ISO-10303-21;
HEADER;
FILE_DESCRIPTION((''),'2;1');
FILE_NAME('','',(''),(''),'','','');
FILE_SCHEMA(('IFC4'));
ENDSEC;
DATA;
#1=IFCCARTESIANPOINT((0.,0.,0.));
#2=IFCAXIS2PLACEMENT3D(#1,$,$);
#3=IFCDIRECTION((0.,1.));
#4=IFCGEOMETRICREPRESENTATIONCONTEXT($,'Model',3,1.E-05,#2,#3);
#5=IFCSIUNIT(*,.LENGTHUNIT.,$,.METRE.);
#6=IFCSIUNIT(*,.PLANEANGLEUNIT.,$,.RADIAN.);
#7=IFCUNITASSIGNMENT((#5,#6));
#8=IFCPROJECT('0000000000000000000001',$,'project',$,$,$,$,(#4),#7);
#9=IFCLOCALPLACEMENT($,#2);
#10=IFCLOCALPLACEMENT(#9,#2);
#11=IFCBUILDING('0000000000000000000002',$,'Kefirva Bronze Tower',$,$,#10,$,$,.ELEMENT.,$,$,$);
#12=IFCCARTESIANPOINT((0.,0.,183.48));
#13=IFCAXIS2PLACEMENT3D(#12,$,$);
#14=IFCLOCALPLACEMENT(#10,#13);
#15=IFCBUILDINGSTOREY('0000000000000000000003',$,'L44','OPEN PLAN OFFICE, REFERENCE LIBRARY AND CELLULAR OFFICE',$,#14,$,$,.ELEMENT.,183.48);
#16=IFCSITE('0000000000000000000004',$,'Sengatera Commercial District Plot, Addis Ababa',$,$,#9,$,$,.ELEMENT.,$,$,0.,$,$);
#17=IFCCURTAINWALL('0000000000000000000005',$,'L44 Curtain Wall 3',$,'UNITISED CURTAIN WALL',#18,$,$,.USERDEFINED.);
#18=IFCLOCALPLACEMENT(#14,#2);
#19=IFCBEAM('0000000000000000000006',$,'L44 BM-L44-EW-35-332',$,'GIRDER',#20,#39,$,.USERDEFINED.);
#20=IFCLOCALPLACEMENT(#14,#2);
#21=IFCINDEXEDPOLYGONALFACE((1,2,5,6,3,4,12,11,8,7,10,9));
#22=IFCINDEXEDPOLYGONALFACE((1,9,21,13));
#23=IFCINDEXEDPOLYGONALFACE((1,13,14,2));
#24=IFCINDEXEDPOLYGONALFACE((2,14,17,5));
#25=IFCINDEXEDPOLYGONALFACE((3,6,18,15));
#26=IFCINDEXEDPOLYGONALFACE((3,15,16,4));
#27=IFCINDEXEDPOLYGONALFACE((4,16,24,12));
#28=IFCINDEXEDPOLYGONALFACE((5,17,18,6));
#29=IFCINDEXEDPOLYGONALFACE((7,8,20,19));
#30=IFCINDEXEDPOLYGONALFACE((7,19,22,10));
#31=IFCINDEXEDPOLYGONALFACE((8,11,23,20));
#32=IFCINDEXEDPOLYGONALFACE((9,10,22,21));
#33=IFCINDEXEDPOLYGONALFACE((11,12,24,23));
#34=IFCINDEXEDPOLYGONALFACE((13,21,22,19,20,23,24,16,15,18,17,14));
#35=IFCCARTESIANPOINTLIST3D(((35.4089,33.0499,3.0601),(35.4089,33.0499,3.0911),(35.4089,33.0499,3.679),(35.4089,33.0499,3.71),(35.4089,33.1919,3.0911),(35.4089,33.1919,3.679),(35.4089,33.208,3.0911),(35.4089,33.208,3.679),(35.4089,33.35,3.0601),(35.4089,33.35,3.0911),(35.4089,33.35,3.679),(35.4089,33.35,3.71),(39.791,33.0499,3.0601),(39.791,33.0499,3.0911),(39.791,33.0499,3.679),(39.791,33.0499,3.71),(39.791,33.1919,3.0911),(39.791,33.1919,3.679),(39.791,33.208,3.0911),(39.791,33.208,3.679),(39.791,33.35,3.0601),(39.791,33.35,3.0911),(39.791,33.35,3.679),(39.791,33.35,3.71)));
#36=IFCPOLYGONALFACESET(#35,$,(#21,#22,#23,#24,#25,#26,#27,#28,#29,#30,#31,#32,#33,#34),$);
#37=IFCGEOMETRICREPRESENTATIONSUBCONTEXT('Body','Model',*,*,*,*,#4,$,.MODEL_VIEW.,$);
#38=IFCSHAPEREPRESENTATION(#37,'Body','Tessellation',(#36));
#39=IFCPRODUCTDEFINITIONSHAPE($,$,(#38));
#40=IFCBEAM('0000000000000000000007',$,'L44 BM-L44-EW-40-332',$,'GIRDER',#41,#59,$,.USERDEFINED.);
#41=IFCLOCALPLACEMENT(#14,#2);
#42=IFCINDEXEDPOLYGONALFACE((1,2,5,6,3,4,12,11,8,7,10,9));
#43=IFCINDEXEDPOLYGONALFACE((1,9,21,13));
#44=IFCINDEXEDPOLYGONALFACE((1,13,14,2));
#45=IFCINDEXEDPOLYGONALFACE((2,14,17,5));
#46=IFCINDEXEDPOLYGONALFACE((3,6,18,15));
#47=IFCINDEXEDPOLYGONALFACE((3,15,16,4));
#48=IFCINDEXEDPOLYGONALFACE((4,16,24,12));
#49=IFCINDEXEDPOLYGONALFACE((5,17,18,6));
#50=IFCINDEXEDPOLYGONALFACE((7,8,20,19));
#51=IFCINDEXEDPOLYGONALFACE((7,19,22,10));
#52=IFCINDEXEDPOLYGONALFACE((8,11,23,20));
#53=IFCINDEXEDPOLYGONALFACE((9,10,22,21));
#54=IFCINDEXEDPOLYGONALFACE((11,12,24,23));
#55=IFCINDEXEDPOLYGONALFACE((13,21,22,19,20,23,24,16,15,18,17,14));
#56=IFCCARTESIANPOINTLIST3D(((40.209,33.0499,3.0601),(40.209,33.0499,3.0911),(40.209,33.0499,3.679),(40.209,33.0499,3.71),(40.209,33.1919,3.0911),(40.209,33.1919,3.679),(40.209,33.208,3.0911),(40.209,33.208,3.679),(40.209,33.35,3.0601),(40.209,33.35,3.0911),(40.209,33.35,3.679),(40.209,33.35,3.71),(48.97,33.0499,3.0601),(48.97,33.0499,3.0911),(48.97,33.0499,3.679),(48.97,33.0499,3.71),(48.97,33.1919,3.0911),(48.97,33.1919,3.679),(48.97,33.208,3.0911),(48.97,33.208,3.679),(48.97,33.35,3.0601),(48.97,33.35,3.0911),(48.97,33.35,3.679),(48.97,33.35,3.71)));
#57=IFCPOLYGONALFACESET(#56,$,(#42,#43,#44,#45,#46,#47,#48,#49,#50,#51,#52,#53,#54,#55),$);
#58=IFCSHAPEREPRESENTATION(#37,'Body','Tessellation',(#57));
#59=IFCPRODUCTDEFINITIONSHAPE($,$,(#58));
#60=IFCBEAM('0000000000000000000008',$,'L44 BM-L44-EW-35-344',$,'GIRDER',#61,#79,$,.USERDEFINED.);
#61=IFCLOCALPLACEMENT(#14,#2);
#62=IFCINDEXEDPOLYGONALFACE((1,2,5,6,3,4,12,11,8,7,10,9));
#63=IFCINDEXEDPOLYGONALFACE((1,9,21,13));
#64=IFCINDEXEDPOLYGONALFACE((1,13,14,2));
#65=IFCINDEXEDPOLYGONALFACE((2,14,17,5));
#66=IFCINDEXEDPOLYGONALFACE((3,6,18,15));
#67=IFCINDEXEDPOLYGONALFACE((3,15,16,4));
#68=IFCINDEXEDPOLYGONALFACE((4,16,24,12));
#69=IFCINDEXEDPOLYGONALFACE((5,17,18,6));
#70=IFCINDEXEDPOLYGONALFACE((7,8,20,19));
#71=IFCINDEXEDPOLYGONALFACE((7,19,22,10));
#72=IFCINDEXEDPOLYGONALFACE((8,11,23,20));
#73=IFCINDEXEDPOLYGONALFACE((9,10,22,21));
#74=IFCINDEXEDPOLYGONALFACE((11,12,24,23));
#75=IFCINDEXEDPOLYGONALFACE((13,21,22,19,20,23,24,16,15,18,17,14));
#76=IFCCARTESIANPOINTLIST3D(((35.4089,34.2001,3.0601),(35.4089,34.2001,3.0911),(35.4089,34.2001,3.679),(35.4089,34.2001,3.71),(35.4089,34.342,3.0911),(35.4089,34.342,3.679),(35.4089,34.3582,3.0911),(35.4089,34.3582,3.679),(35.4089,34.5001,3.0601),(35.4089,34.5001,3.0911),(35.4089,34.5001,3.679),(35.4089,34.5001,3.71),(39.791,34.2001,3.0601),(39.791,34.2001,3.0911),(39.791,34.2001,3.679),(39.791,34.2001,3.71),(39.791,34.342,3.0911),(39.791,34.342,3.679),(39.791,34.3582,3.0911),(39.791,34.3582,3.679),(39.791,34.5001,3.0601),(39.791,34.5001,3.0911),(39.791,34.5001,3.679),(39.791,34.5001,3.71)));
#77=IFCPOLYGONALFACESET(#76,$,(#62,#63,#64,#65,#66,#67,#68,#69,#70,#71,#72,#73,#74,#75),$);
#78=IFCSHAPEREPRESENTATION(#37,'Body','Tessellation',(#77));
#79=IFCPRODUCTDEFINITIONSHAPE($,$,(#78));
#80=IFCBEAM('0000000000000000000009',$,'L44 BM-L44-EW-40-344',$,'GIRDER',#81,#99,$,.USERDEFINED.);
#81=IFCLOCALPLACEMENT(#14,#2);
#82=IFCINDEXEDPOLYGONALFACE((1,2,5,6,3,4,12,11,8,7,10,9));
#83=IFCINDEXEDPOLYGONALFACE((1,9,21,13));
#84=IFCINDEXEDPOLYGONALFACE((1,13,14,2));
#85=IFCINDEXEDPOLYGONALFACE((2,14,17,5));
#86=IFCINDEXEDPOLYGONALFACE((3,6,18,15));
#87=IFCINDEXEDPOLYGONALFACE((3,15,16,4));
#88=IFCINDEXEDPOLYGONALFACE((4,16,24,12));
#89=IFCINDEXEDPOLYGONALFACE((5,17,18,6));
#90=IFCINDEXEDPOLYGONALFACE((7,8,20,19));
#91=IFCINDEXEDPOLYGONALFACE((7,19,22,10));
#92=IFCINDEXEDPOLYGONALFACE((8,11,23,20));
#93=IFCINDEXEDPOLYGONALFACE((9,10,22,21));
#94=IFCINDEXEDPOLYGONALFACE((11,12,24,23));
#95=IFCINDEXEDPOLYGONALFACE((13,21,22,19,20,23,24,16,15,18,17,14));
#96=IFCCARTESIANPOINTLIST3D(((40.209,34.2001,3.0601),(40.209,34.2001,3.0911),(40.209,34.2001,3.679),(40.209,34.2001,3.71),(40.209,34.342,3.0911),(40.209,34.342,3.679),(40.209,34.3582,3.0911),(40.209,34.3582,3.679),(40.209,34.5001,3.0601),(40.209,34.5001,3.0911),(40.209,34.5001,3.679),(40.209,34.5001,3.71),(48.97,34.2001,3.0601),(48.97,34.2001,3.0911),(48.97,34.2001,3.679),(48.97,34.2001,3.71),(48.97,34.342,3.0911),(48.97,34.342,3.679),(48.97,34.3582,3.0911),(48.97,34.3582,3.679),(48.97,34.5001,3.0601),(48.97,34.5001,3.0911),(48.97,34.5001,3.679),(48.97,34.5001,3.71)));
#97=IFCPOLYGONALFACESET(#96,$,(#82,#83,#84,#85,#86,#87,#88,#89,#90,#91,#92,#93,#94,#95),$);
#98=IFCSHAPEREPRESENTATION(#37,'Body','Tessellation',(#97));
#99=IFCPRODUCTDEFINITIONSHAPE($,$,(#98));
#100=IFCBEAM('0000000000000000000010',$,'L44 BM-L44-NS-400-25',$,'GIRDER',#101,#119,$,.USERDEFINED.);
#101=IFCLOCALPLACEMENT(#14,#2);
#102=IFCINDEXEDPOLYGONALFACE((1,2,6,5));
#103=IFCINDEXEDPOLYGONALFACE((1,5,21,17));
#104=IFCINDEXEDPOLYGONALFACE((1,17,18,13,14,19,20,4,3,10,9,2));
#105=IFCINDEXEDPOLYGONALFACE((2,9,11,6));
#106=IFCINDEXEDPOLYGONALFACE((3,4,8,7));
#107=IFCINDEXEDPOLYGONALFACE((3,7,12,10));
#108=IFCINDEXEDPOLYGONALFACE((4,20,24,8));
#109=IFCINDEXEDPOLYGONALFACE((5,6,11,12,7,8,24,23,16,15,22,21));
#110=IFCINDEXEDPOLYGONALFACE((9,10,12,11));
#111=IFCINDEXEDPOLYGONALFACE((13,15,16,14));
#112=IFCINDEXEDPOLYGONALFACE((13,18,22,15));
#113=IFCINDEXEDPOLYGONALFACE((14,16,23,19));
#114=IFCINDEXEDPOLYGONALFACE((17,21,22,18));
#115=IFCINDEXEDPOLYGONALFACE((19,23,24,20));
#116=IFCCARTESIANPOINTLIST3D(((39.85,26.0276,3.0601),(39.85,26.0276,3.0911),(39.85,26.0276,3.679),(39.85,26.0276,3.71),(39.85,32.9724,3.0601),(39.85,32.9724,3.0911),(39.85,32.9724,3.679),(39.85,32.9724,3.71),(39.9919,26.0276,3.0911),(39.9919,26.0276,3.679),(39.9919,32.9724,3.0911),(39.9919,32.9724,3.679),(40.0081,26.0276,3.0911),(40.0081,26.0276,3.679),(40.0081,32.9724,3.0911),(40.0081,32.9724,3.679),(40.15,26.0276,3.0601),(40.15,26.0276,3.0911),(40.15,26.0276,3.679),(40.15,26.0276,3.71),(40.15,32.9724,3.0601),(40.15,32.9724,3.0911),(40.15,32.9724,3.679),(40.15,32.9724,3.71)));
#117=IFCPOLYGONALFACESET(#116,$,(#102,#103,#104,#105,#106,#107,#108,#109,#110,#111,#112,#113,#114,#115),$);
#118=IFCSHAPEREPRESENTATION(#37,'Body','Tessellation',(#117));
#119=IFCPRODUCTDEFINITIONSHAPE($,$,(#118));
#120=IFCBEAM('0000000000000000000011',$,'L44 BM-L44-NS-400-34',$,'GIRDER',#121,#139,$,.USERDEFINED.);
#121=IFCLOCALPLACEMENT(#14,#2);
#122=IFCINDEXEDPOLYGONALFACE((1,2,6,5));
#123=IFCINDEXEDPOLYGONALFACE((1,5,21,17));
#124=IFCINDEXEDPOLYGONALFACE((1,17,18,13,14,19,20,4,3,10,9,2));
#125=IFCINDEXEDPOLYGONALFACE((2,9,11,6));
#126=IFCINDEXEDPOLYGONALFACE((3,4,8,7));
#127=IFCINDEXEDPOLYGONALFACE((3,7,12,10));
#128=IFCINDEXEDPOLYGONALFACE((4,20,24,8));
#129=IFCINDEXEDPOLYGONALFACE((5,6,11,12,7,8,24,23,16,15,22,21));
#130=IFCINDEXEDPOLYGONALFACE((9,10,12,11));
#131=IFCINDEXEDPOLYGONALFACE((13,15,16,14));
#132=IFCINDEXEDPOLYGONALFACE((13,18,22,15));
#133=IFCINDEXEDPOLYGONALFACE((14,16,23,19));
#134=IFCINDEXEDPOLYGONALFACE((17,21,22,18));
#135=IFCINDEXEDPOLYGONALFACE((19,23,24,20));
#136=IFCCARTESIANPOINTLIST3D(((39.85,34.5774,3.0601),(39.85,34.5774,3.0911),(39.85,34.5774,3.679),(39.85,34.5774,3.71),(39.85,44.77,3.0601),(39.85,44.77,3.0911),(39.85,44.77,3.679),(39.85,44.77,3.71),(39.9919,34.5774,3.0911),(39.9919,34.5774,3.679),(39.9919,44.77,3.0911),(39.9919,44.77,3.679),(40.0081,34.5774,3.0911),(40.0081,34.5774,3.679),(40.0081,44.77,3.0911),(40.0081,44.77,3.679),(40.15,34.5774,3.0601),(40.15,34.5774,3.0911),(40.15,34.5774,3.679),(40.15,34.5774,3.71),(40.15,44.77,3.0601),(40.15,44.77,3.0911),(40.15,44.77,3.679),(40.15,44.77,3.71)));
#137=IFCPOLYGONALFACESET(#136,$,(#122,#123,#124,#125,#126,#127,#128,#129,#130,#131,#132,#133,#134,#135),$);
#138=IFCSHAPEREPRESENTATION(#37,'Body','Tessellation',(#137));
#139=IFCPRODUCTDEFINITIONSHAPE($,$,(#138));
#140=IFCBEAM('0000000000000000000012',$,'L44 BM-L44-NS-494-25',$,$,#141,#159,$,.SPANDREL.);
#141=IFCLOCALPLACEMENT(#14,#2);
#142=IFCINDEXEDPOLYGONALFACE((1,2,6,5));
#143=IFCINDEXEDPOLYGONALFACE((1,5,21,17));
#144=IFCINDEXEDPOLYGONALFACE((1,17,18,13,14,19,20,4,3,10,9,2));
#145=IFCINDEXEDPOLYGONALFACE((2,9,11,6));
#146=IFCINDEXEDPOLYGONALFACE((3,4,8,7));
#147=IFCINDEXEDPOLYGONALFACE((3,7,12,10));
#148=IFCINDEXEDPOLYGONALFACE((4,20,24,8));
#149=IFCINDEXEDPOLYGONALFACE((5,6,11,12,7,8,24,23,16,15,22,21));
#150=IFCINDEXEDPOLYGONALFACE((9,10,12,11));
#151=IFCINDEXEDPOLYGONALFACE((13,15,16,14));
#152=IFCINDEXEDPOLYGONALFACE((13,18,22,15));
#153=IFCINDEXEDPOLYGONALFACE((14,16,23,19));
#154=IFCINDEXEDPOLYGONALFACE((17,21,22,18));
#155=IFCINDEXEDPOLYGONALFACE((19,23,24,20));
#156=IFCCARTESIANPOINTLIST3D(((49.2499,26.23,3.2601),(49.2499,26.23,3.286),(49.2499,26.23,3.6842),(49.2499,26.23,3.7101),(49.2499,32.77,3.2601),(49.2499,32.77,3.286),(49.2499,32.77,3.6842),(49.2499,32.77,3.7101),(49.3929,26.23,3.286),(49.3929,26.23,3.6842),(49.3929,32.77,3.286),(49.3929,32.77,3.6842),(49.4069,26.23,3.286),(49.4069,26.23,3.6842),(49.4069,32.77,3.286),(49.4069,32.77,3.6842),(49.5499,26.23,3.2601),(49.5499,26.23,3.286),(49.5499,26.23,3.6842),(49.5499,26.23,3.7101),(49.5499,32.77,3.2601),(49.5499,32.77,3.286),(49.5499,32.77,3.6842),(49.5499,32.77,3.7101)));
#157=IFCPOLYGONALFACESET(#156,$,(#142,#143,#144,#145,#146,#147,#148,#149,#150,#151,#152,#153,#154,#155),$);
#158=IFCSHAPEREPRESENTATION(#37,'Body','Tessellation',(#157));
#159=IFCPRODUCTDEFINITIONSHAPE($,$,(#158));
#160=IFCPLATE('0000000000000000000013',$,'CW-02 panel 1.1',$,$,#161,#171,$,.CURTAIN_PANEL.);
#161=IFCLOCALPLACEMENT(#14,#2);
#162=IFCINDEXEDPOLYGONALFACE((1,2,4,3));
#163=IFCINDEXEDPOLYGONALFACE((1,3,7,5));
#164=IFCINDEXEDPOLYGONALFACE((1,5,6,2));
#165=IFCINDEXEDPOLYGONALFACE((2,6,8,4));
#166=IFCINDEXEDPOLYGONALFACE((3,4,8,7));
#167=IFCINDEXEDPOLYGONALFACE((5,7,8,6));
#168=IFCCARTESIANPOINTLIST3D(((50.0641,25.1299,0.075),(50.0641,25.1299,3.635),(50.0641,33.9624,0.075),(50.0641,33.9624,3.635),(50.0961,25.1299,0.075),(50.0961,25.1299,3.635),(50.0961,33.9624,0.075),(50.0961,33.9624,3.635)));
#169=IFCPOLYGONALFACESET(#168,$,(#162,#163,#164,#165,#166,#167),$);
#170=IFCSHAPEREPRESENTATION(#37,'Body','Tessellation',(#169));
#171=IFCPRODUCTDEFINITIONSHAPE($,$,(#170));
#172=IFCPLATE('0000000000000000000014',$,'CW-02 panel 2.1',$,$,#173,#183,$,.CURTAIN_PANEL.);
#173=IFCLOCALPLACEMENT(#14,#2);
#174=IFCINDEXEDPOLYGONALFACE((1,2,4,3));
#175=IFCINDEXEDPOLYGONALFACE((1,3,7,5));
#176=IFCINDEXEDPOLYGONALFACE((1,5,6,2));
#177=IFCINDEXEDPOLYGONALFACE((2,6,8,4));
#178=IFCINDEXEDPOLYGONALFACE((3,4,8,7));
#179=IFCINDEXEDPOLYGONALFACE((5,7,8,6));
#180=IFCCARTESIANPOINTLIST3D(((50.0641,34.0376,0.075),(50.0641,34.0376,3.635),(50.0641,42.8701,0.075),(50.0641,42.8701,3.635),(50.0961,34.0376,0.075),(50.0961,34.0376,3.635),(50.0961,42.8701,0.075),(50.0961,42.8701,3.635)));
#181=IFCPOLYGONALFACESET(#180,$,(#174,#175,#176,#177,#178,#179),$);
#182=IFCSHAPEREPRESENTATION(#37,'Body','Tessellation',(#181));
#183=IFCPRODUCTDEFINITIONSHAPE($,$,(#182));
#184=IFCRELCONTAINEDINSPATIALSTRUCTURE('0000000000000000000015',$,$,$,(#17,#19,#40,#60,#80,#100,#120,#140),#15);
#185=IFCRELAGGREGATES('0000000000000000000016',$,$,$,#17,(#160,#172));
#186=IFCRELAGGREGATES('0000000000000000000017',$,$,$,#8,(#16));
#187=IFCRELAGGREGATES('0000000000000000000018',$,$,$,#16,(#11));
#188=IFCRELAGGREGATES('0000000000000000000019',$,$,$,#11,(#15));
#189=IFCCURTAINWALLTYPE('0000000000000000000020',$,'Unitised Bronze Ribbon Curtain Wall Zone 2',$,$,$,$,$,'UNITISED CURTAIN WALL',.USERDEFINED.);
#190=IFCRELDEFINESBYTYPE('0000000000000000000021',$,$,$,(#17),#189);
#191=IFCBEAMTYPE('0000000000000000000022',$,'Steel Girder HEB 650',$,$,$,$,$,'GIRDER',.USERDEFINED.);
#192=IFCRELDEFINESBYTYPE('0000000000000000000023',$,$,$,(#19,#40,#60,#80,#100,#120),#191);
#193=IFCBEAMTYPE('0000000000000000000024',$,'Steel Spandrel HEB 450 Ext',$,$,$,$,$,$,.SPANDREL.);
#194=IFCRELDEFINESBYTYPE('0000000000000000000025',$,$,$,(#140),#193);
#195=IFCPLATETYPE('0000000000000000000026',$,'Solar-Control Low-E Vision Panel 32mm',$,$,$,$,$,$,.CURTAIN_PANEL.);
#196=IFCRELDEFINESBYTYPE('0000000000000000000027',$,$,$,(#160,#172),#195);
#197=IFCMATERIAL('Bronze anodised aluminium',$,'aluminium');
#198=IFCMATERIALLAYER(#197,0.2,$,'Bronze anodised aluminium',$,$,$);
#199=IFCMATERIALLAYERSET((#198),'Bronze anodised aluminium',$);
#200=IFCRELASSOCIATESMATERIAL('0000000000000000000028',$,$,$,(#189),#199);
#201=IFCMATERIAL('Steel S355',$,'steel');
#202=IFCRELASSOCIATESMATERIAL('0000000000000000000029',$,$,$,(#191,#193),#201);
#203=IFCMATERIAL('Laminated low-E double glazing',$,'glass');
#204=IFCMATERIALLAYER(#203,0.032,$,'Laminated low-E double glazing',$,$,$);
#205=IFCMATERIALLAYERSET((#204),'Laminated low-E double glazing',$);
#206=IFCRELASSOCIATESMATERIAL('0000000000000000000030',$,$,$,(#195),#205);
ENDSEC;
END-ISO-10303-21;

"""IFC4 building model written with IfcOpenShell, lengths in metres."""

from ifc_helpers import new_model, si_unit, direction, frame, origin, origin_2d, place, context, subcontext, project, spatial, rectangle, i_section, extrude, material, layer, layer_set, material_profile, profile_set, type_object, element, aggregate, save


model = new_model("IFC4")

# Units and contexts
model_context = context("Model", 3, precision=1e-05, world=origin(), true_north=direction((0.0, 1.0)))
body_context = subcontext(model_context, "Body", "Model", "MODEL_VIEW")
ifc_project = project(units=[si_unit("LENGTHUNIT", "METRE"), si_unit("PLANEANGLEUNIT", "RADIAN")], contexts=[model_context])

# Site, building, storey
site_placement = place(None, origin())
site = spatial("IfcSite", under=ifc_project, at=site_placement, Name="Sengatera Commercial District Plot, Addis Ababa", CompositionType="ELEMENT", RefElevation=0.0)
building_placement = place(site_placement, origin())
building = spatial("IfcBuilding", under=site, at=building_placement, Name="Kefirva Bronze Tower", CompositionType="ELEMENT")
storey_placement = place(building_placement, frame((0.0, 0.0, 183.48)))
storey = spatial("IfcBuildingStorey", under=building, at=storey_placement, Name="L44", Description="OPEN PLAN OFFICE, REFERENCE LIBRARY AND CELLULAR OFFICE", CompositionType="ELEMENT", Elevation=183.48)

# Curtain wall
ifc_material_1 = material(Name="Bronze anodised aluminium", Category="aluminium")
ifc_layer_1 = layer(ifc_material_1, 0.2, Name="Bronze anodised aluminium")
ifc_layer_set_1 = layer_set([ifc_layer_1], Name="Bronze anodised aluminium")
curtain_wall_type = type_object("IfcCurtainWallType", Name="Unitised Bronze Ribbon Curtain Wall Zone 2", ElementType="UNITISED CURTAIN WALL", PredefinedType="USERDEFINED", material=ifc_layer_set_1)
curtain_wall_placement = place(storey_placement, origin())
curtain_wall = element("IfcCurtainWall", 1, at=curtain_wall_placement, inside=storey, type_object=curtain_wall_type, Name="L44 Curtain Wall 3", ObjectType="UNITISED CURTAIN WALL", PredefinedType="USERDEFINED")

# Beams
ifc_material_2 = material(Name="Steel S355", Category="steel")
ifc_material_profile_1 = material_profile(ifc_material_2, i_section(OverallWidth=0.3, OverallDepth=0.6499, WebThickness=0.0161, FlangeThickness=0.031, at=origin_2d()), Name="HEB 650")
ifc_profile_set_1 = profile_set([ifc_material_profile_1], Name="Steel S355")
beam_type_1 = type_object("IfcBeamType", Name="Steel Girder HEB 650", ElementType="GIRDER", PredefinedType="USERDEFINED", material=ifc_profile_set_1)
beam_1_placement = place(storey_placement, frame((35.4089, 33.2, 3.385), z_axis=(1.0, 0.0, 0.0), x_axis=(0.0, 1.0, 0.0)))
element("IfcBeam", 2, at=beam_1_placement, inside=storey, type_object=beam_type_1, Name="L44 BM-L44-EW-35-332", ObjectType="GIRDER", PredefinedType="USERDEFINED", context=body_context, shape_type="SweptSolid", body=[
    extrude(i_section(OverallWidth=0.3, OverallDepth=0.6499, WebThickness=0.0161, FlangeThickness=0.031, at=origin_2d()), origin(), (0.0, 0.0, 1.0), 4.3821),
])
beam_2_placement = place(storey_placement, frame((40.209, 33.2, 3.385), z_axis=(1.0, 0.0, 0.0), x_axis=(0.0, 1.0, 0.0)))
element("IfcBeam", 3, at=beam_2_placement, inside=storey, type_object=beam_type_1, Name="L44 BM-L44-EW-40-332", ObjectType="GIRDER", PredefinedType="USERDEFINED", context=body_context, shape_type="SweptSolid", body=[
    extrude(i_section(OverallWidth=0.3, OverallDepth=0.6499, WebThickness=0.0161, FlangeThickness=0.031, at=origin_2d()), origin(), (0.0, 0.0, 1.0), 8.761),
])
beam_3_placement = place(storey_placement, frame((35.4089, 34.3501, 3.385), z_axis=(1.0, 0.0, 0.0), x_axis=(0.0, 1.0, 0.0)))
element("IfcBeam", 4, at=beam_3_placement, inside=storey, type_object=beam_type_1, Name="L44 BM-L44-EW-35-344", ObjectType="GIRDER", PredefinedType="USERDEFINED", context=body_context, shape_type="SweptSolid", body=[
    extrude(i_section(OverallWidth=0.3, OverallDepth=0.6499, WebThickness=0.0161, FlangeThickness=0.031, at=origin_2d()), origin(), (0.0, 0.0, 1.0), 4.3821),
])
beam_4_placement = place(storey_placement, frame((40.209, 34.3501, 3.385), z_axis=(1.0, 0.0, 0.0), x_axis=(0.0, 1.0, 0.0)))
element("IfcBeam", 5, at=beam_4_placement, inside=storey, type_object=beam_type_1, Name="L44 BM-L44-EW-40-344", ObjectType="GIRDER", PredefinedType="USERDEFINED", context=body_context, shape_type="SweptSolid", body=[
    extrude(i_section(OverallWidth=0.3, OverallDepth=0.6499, WebThickness=0.0161, FlangeThickness=0.031, at=origin_2d()), origin(), (0.0, 0.0, 1.0), 8.761),
])
beam_5_placement = place(storey_placement, frame((40.0, 26.0276, 3.385), z_axis=(0.0, 1.0, 0.0), x_axis=(-1.0, 0.0, 0.0)))
element("IfcBeam", 6, at=beam_5_placement, inside=storey, type_object=beam_type_1, Name="L44 BM-L44-NS-400-25", ObjectType="GIRDER", PredefinedType="USERDEFINED", context=body_context, shape_type="SweptSolid", body=[
    extrude(i_section(OverallWidth=0.3, OverallDepth=0.6499, WebThickness=0.0161, FlangeThickness=0.031, at=origin_2d()), origin(), (0.0, 0.0, 1.0), 6.9448),
])
beam_6_placement = place(storey_placement, frame((40.0, 34.5774, 3.385), z_axis=(0.0, 1.0, 0.0), x_axis=(-1.0, 0.0, 0.0)))
element("IfcBeam", 7, at=beam_6_placement, inside=storey, type_object=beam_type_1, Name="L44 BM-L44-NS-400-34", ObjectType="GIRDER", PredefinedType="USERDEFINED", context=body_context, shape_type="SweptSolid", body=[
    extrude(i_section(OverallWidth=0.3, OverallDepth=0.6499, WebThickness=0.0161, FlangeThickness=0.031, at=origin_2d()), origin(), (0.0, 0.0, 1.0), 10.1926),
])
ifc_material_profile_2 = material_profile(ifc_material_2, i_section(OverallWidth=0.3, OverallDepth=0.45, WebThickness=0.0139, FlangeThickness=0.0259, at=origin_2d()), Name="HEB 450")
ifc_profile_set_2 = profile_set([ifc_material_profile_2], Name="Steel S355")
beam_type_2 = type_object("IfcBeamType", Name="Steel Spandrel HEB 450 Ext", PredefinedType="SPANDREL", material=ifc_profile_set_2)
beam_7_placement = place(storey_placement, frame((49.3999, 26.23, 3.4851), z_axis=(0.0, 1.0, 0.0), x_axis=(-1.0, 0.0, 0.0)))
element("IfcBeam", 8, at=beam_7_placement, inside=storey, type_object=beam_type_2, Name="L44 BM-L44-NS-494-25", PredefinedType="SPANDREL", context=body_context, shape_type="SweptSolid", body=[
    extrude(i_section(OverallWidth=0.3, OverallDepth=0.45, WebThickness=0.0139, FlangeThickness=0.0259, at=origin_2d()), origin(), (0.0, 0.0, 1.0), 6.54),
])

# Plates
ifc_material_3 = material(Name="Laminated low-E double glazing", Category="glass")
ifc_layer_2 = layer(ifc_material_3, 0.032, Name="Laminated low-E double glazing")
ifc_layer_set_2 = layer_set([ifc_layer_2], Name="Laminated low-E double glazing")
plate_type = type_object("IfcPlateType", Name="Solar-Control Low-E Vision Panel 32mm", PredefinedType="CURTAIN_PANEL", material=ifc_layer_set_2)
plate_1_placement = place(storey_placement, frame((50.0801, 29.5461, 0.075), z_axis=(0.0, 0.0, 1.0), x_axis=(0.0, 1.0, 0.0)))
plate_1 = element("IfcPlate", 9, at=plate_1_placement, type_object=plate_type, Name="CW-02 panel 1.1", PredefinedType="CURTAIN_PANEL", context=body_context, shape_type="SweptSolid", body=[
    extrude(rectangle(XDim=8.8325, YDim=0.032, at=origin_2d()), origin(), (0.0, 0.0, 1.0), 3.5601),
])
plate_2_placement = place(storey_placement, frame((50.0801, 38.4539, 0.075), z_axis=(0.0, 0.0, 1.0), x_axis=(0.0, 1.0, 0.0)))
plate_2 = element("IfcPlate", 10, at=plate_2_placement, type_object=plate_type, Name="CW-02 panel 2.1", PredefinedType="CURTAIN_PANEL", context=body_context, shape_type="SweptSolid", body=[
    extrude(rectangle(XDim=8.8325, YDim=0.032, at=origin_2d()), origin(), (0.0, 0.0, 1.0), 3.5601),
])
aggregate(curtain_wall, [plate_1, plate_2])

save(model, "model.ifc")
